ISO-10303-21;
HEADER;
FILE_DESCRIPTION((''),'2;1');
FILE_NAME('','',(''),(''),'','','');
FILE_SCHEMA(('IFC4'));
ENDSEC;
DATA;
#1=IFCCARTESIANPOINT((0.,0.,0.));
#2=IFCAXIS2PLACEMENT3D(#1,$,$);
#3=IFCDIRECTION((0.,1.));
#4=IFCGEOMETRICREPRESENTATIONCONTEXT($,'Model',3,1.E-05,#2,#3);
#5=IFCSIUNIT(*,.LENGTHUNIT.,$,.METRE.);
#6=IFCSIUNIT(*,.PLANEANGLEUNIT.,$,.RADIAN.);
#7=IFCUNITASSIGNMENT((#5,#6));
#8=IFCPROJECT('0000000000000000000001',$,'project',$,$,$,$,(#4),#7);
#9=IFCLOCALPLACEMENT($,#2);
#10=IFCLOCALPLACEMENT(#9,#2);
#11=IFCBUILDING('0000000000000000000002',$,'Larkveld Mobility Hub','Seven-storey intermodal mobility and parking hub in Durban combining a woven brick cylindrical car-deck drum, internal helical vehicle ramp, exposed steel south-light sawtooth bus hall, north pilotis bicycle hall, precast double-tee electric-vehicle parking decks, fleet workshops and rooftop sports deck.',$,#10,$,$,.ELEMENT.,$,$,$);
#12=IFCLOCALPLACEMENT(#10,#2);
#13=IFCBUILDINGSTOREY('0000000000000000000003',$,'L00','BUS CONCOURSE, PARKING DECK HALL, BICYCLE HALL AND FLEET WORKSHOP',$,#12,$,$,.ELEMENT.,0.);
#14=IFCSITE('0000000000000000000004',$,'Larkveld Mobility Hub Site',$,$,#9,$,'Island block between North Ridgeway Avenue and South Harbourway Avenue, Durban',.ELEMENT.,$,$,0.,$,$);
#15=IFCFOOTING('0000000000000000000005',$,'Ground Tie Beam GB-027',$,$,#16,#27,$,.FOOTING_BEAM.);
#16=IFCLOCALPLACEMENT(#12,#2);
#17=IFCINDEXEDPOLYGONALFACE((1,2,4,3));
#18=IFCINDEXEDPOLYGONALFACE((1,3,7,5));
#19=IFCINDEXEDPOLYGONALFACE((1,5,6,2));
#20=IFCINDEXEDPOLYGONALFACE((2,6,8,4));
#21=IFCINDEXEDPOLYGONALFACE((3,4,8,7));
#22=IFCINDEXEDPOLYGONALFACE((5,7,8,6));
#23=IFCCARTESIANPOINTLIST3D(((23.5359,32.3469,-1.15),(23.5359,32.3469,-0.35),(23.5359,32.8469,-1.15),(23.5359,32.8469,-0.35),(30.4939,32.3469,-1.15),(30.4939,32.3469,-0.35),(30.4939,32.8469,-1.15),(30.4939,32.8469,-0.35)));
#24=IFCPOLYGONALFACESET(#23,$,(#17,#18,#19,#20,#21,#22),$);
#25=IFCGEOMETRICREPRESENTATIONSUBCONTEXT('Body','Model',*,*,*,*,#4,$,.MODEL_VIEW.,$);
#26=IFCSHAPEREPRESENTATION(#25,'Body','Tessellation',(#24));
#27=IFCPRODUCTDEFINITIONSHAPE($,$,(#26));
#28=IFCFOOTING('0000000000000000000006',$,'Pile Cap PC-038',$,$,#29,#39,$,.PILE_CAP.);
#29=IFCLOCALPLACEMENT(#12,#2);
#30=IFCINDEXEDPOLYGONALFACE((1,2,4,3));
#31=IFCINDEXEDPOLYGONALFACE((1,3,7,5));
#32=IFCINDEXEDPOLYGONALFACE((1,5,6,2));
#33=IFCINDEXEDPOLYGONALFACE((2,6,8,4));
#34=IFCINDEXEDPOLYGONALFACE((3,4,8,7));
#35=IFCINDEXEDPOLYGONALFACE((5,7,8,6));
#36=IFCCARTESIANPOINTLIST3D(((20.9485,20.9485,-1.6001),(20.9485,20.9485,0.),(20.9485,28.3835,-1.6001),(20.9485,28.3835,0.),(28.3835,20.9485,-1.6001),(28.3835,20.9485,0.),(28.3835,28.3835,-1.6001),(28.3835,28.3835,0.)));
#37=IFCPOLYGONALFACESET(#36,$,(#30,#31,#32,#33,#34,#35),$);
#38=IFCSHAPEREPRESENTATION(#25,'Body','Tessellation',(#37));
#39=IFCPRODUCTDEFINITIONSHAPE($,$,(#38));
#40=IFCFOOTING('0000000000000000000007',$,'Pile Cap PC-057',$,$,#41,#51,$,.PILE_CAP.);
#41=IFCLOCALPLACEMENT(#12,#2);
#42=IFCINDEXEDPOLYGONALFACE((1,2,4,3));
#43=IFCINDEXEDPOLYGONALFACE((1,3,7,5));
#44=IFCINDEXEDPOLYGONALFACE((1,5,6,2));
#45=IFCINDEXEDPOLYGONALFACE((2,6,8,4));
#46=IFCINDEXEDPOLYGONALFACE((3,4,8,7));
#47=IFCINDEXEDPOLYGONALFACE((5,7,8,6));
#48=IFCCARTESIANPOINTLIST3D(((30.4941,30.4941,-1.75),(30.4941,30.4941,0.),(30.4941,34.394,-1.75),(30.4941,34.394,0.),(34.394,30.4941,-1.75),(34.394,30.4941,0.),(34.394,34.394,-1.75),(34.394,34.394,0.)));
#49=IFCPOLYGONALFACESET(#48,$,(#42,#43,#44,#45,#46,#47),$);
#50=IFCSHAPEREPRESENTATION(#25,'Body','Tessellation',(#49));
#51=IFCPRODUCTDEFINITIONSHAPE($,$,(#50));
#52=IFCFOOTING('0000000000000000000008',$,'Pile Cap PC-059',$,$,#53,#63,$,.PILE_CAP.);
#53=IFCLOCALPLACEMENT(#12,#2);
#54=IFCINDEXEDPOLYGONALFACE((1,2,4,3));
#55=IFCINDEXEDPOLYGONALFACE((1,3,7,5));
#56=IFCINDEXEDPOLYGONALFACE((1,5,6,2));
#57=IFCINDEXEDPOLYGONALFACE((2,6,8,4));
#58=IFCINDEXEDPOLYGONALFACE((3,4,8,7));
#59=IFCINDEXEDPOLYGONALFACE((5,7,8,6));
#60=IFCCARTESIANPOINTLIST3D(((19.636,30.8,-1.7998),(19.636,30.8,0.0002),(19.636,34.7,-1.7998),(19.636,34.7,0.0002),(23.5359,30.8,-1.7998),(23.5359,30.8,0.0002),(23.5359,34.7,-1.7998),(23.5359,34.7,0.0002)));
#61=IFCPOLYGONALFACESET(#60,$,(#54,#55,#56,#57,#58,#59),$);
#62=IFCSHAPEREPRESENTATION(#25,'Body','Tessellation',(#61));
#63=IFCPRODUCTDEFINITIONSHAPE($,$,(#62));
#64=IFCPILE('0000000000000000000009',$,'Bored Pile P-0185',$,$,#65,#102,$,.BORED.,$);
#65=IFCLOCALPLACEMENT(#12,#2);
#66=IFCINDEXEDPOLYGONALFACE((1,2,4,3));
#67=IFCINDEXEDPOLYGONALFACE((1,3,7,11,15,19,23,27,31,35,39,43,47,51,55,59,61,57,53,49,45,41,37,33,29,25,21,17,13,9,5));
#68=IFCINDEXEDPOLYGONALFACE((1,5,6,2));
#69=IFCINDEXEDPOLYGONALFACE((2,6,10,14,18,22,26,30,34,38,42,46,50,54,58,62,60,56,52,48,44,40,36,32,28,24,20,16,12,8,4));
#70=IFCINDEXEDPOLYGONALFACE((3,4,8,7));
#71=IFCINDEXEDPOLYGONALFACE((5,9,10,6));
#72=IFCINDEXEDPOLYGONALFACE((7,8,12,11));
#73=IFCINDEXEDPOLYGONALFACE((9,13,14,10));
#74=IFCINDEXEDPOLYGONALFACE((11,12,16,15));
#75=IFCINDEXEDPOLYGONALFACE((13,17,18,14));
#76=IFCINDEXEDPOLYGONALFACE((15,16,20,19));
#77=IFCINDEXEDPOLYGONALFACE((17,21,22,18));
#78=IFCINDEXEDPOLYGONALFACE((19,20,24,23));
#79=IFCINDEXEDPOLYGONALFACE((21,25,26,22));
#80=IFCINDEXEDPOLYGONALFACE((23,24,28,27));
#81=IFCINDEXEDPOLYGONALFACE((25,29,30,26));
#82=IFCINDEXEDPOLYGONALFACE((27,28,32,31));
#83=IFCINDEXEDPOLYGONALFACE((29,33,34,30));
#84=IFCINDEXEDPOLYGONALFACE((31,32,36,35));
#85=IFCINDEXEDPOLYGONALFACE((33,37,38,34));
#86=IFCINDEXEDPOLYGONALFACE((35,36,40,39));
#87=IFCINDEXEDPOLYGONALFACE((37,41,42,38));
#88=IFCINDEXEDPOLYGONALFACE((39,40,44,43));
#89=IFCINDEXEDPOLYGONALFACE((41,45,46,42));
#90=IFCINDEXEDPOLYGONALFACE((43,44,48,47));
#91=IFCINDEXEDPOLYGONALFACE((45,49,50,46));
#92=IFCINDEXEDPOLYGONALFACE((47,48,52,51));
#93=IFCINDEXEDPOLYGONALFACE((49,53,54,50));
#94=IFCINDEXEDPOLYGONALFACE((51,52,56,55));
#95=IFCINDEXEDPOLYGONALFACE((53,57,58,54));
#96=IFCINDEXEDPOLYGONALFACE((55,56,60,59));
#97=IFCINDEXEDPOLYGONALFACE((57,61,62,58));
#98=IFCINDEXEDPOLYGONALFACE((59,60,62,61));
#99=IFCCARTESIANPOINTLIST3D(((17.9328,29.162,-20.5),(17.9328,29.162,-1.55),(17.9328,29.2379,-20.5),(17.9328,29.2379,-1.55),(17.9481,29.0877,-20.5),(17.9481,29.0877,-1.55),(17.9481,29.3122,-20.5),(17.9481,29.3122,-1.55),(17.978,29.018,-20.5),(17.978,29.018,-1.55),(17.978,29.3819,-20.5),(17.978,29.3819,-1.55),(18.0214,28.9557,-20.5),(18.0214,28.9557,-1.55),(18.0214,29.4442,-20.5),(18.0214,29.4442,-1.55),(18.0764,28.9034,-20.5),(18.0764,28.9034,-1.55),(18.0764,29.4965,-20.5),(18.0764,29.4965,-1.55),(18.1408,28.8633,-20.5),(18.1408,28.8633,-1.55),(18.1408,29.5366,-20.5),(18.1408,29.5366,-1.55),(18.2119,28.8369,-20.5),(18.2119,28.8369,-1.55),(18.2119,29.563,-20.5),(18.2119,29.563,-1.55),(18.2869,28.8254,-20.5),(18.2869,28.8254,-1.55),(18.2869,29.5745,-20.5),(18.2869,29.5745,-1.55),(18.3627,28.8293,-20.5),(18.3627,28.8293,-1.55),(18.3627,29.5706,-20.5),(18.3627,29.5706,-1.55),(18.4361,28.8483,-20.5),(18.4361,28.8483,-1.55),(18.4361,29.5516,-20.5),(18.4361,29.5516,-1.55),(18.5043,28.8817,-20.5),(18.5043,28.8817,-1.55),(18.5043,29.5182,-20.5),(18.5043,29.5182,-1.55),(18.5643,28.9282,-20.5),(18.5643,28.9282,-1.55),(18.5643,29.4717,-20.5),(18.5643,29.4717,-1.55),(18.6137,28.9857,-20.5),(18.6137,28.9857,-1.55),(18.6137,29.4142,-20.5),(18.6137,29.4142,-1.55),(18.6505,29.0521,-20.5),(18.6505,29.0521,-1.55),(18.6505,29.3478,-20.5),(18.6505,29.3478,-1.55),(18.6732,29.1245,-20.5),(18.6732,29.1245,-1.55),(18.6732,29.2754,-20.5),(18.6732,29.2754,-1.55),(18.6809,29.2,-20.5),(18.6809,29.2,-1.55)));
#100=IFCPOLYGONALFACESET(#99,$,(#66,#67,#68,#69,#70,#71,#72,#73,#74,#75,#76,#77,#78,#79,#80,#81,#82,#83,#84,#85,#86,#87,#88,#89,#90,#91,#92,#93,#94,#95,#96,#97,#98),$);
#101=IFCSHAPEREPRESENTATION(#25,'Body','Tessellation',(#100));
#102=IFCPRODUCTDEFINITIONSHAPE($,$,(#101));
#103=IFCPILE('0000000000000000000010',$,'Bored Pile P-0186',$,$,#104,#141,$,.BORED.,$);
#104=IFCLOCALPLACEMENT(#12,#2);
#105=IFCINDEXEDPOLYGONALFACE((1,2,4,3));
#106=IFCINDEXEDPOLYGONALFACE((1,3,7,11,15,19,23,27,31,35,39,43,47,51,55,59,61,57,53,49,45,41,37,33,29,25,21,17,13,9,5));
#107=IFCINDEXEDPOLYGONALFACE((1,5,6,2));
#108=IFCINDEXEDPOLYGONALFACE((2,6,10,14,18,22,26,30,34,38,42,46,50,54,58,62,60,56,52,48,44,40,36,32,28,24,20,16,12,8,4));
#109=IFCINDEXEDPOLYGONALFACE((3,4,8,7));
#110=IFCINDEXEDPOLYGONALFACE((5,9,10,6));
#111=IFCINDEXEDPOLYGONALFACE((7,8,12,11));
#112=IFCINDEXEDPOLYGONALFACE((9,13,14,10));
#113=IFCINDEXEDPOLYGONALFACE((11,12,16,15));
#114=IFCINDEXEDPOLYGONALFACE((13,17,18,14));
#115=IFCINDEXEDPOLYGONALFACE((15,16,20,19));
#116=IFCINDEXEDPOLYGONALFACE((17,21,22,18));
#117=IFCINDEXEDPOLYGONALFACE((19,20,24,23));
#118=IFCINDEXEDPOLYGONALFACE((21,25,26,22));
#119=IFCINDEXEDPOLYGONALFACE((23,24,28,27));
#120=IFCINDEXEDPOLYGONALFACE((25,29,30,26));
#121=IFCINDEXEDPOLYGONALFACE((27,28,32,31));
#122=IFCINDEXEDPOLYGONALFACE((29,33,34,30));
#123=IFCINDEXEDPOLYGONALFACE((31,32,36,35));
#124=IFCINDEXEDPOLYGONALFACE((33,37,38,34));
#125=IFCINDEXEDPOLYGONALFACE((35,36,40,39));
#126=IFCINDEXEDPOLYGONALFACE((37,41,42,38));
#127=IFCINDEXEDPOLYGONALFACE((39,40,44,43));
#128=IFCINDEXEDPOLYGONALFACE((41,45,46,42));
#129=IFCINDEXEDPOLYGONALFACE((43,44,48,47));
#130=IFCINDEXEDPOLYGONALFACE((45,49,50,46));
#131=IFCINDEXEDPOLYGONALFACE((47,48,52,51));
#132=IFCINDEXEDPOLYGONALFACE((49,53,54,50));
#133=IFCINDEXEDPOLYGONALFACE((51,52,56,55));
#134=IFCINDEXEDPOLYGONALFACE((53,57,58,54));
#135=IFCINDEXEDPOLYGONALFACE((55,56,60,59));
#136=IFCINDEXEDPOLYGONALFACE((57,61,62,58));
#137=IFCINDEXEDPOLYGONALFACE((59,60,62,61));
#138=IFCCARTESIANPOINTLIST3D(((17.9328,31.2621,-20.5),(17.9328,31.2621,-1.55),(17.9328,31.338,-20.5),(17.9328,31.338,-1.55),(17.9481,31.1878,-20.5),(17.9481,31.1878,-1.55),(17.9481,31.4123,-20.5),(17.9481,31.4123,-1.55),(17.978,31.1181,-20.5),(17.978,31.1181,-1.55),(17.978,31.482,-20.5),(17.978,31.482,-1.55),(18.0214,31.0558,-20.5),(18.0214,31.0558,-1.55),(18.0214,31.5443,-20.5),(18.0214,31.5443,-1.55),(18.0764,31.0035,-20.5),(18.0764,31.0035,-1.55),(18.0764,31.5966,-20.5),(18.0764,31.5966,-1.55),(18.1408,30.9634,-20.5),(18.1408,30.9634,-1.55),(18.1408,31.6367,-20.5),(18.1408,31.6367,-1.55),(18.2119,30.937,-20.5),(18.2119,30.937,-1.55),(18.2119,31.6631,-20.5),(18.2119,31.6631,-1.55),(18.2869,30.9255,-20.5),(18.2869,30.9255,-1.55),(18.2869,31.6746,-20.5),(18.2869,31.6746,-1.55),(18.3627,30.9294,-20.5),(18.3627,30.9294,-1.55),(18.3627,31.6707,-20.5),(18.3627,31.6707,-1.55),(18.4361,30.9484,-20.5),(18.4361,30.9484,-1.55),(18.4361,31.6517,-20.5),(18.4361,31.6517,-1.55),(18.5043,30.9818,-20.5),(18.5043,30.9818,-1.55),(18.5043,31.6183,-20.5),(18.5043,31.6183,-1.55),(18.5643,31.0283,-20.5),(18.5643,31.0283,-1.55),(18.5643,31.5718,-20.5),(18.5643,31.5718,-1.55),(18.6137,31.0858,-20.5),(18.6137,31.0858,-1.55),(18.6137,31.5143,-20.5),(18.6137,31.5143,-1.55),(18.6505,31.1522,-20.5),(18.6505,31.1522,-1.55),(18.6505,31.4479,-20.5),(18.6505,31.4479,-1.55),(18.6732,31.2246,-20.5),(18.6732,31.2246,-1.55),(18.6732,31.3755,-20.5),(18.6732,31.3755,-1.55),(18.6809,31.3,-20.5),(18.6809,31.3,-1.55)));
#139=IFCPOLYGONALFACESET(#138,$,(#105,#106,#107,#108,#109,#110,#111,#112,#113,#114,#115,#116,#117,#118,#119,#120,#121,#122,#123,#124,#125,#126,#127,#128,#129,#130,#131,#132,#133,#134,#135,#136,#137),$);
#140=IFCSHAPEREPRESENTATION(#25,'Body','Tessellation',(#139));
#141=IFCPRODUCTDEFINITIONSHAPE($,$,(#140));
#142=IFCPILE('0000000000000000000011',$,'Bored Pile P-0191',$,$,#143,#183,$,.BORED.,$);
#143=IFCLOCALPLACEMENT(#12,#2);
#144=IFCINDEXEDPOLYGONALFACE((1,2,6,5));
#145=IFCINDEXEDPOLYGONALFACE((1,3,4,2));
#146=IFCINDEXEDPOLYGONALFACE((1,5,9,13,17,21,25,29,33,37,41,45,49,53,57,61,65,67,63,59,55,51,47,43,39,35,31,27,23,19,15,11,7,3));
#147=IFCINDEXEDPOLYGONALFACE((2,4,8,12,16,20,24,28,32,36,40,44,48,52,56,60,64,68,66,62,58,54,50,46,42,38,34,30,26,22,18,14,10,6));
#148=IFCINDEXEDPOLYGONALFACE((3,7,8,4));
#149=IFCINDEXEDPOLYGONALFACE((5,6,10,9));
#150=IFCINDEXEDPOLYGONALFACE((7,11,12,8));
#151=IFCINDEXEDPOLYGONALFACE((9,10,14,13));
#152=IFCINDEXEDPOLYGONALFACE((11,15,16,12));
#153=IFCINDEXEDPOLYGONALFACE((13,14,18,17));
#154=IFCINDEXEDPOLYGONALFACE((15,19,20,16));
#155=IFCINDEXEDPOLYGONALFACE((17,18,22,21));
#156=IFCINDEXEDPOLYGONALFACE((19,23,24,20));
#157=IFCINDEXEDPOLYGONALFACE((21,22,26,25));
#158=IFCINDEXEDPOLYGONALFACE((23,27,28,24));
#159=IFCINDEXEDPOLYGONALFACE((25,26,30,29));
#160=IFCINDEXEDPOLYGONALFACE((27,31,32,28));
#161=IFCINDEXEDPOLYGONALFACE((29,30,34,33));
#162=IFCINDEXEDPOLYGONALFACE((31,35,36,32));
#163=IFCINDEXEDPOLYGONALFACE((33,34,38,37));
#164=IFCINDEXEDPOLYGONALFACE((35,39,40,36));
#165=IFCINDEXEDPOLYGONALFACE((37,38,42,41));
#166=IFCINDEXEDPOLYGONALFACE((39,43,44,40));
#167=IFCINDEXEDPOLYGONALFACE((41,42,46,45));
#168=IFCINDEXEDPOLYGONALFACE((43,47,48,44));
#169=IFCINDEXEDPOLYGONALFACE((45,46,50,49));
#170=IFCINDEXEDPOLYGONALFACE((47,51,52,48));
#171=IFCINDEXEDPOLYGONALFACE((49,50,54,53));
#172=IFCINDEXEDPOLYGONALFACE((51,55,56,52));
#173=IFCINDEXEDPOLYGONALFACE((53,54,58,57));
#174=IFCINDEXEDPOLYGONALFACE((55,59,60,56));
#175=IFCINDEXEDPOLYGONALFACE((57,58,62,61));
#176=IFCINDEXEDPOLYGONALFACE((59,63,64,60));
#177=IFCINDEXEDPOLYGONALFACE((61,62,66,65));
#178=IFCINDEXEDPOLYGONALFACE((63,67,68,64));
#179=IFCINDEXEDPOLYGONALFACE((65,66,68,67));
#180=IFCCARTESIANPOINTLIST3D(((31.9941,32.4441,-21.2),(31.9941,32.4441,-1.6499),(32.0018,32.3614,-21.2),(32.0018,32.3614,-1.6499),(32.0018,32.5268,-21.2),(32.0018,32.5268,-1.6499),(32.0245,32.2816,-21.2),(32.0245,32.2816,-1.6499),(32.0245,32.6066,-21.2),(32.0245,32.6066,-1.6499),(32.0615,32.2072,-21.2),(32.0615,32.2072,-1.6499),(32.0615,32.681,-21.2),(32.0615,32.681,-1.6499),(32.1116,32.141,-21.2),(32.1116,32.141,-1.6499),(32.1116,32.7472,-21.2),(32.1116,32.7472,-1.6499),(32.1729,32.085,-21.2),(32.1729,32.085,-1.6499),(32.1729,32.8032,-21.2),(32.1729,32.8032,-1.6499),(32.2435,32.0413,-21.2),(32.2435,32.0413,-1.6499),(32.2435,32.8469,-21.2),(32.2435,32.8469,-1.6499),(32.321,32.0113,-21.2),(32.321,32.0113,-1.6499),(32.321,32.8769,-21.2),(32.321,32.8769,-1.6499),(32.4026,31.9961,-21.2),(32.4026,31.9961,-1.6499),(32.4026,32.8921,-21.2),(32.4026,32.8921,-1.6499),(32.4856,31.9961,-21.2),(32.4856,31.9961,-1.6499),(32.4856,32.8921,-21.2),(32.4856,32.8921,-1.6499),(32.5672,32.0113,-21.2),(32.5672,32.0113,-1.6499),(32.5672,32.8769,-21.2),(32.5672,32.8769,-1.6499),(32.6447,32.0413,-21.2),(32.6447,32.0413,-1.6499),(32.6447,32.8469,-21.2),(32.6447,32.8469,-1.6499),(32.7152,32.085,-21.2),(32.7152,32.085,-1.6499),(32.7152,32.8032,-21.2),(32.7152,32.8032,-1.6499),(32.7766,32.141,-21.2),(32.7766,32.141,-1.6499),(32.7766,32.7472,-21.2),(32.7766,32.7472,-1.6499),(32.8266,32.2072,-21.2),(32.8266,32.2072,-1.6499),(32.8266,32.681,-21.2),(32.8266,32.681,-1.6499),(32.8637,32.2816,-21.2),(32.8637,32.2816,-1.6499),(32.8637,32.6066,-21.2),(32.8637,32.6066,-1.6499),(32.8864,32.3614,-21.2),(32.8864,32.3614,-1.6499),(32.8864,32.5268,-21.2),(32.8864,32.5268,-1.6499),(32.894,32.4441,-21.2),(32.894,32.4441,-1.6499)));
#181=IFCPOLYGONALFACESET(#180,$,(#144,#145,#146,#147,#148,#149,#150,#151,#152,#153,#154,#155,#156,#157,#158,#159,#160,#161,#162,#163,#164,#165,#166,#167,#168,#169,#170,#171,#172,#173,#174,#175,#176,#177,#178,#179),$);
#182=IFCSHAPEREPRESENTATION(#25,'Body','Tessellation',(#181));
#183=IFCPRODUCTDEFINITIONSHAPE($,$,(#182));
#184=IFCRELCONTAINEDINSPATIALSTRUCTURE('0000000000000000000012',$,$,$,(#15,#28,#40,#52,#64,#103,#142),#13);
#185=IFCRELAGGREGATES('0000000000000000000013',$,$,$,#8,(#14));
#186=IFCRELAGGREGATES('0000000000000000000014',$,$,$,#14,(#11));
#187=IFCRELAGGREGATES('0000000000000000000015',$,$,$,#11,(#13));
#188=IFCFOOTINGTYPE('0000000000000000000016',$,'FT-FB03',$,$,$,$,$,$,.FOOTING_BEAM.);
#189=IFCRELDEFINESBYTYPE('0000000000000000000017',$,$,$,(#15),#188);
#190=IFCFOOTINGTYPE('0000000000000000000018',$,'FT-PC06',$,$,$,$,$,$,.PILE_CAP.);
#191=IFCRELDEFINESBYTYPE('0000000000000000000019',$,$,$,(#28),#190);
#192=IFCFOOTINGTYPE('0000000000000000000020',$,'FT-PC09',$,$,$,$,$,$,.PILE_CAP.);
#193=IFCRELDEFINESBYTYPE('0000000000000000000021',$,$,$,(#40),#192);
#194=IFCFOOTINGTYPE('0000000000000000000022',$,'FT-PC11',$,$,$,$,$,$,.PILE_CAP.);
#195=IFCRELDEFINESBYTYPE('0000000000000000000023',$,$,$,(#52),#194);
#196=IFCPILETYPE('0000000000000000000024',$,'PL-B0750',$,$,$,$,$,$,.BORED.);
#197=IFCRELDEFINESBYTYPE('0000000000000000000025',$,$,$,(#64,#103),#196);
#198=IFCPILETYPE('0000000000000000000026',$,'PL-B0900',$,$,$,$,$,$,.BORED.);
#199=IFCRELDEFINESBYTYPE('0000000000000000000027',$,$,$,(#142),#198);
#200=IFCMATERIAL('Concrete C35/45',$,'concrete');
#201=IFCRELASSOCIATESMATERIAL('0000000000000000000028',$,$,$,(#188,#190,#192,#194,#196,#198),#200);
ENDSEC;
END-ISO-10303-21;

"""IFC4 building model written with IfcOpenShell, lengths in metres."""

from ifc_helpers import new_model, si_unit, direction, frame, origin, origin_2d, place, context, subcontext, project, spatial, rectangle, circle, extrude, material, material_profile, profile_set, type_object, element, save


model = new_model("IFC4")

# Units and contexts
model_context = context("Model", 3, precision=1e-05, world=origin(), true_north=direction((0.0, 1.0)))
body_context = subcontext(model_context, "Body", "Model", "MODEL_VIEW")
ifc_project = project(units=[si_unit("LENGTHUNIT", "METRE"), si_unit("PLANEANGLEUNIT", "RADIAN")], contexts=[model_context])

# Site, building, storey
site_placement = place(None, origin())
site = spatial("IfcSite", under=ifc_project, at=site_placement, Name="Larkveld Mobility Hub Site", LongName="Island block between North Ridgeway Avenue and South Harbourway Avenue, Durban", CompositionType="ELEMENT", RefElevation=0.0)
building_placement = place(site_placement, origin())
building = spatial("IfcBuilding", under=site, at=building_placement, Name="Larkveld Mobility Hub", Description="Seven-storey intermodal mobility and parking hub in Durban combining a woven brick cylindrical car-deck drum, internal helical vehicle ramp, exposed steel south-light sawtooth bus hall, north pilotis bicycle hall, precast double-tee electric-vehicle parking decks, fleet workshops and rooftop sports deck.", CompositionType="ELEMENT")
storey_placement = place(building_placement, origin())
storey = spatial("IfcBuildingStorey", under=building, at=storey_placement, Name="L00", Description="BUS CONCOURSE, PARKING DECK HALL, BICYCLE HALL AND FLEET WORKSHOP", CompositionType="ELEMENT", Elevation=0.0)

# Footings
ifc_material_1 = material(Name="Concrete C35/45", Category="concrete")
ifc_material_profile_1 = material_profile(ifc_material_1, rectangle(XDim=0.5, YDim=0.8, at=origin_2d()), Name="RC BM 500x800")
ifc_profile_set_1 = profile_set([ifc_material_profile_1], Name="Concrete C35/45")
footing_type_1 = type_object("IfcFootingType", Name="FT-FB03", PredefinedType="FOOTING_BEAM", material=ifc_profile_set_1)
footing_1_placement = place(storey_placement, frame((23.5359, 32.5969, -0.75), z_axis=(1.0, 0.0, 0.0), x_axis=(0.0, 1.0, 0.0)))
element("IfcFooting", 1, at=footing_1_placement, inside=storey, type_object=footing_type_1, Name="Ground Tie Beam GB-027", PredefinedType="FOOTING_BEAM", context=body_context, shape_type="SweptSolid", body=[
    extrude(rectangle(XDim=0.5, YDim=0.8, at=origin_2d()), origin(), (0.0, 0.0, 1.0), 6.958),
])
footing_type_2 = type_object("IfcFootingType", Name="FT-PC06", PredefinedType="PILE_CAP", material=ifc_material_1)
footing_2_placement = place(storey_placement, frame((24.666, 24.666, -1.6001), z_axis=(0.0, 0.0, 1.0), x_axis=(1.0, 0.0, 0.0)))
element("IfcFooting", 2, at=footing_2_placement, inside=storey, type_object=footing_type_2, Name="Pile Cap PC-038", PredefinedType="PILE_CAP", context=body_context, shape_type="SweptSolid", body=[
    extrude(rectangle(XDim=7.4351, YDim=7.4351, at=origin_2d()), origin(), (0.0, 0.0, 1.0), 1.6001),
])
footing_type_3 = type_object("IfcFootingType", Name="FT-PC09", PredefinedType="PILE_CAP", material=ifc_material_1)
footing_3_placement = place(storey_placement, frame((32.4441, 32.4441, -1.75), z_axis=(0.0, 0.0, 1.0), x_axis=(1.0, 0.0, 0.0)))
element("IfcFooting", 3, at=footing_3_placement, inside=storey, type_object=footing_type_3, Name="Pile Cap PC-057", PredefinedType="PILE_CAP", context=body_context, shape_type="SweptSolid", body=[
    extrude(rectangle(XDim=3.8999, YDim=3.8999, at=origin_2d()), origin(), (0.0, 0.0, 1.0), 1.75),
])
footing_type_4 = type_object("IfcFootingType", Name="FT-PC11", PredefinedType="PILE_CAP", material=ifc_material_1)
footing_4_placement = place(storey_placement, frame((21.5859, 32.75, -1.7998), z_axis=(0.0, 0.0, 1.0), x_axis=(1.0, 0.0, 0.0)))
element("IfcFooting", 4, at=footing_4_placement, inside=storey, type_object=footing_type_4, Name="Pile Cap PC-059", PredefinedType="PILE_CAP", context=body_context, shape_type="SweptSolid", body=[
    extrude(rectangle(XDim=3.8999, YDim=3.8999, at=origin_2d()), origin(), (0.0, 0.0, 1.0), 1.8),
])

# Piles
ifc_material_profile_2 = material_profile(ifc_material_1, circle(Radius=0.375, at=origin_2d()), Name="PILE D750")
ifc_profile_set_2 = profile_set([ifc_material_profile_2], Name="Concrete C35/45")
pile_type_1 = type_object("IfcPileType", Name="PL-B0750", PredefinedType="BORED", material=ifc_profile_set_2)
for number, where, z_axis, x_axis, name in (
    (5, (18.3059, 29.2, -1.55), (0.0, 0.0, -1.0), (1.0, 0.0, 0.0), "Bored Pile P-0185"),
    (6, (18.3059, 31.3, -1.55), (0.0, 0.0, -1.0), (1.0, 0.0, 0.0), "Bored Pile P-0186"),
):
    element("IfcPile", number, at=place(storey_placement, frame(where, z_axis=z_axis, x_axis=x_axis)), inside=storey, type_object=pile_type_1, Name=name, PredefinedType="BORED", context=body_context, shape_type="SweptSolid", body=[
        extrude(circle(Radius=0.375, at=origin_2d()), origin(), (0.0, 0.0, 1.0), 18.95),
    ])
ifc_material_profile_3 = material_profile(ifc_material_1, circle(Radius=0.45, at=origin_2d()), Name="PILE D900")
ifc_profile_set_3 = profile_set([ifc_material_profile_3], Name="Concrete C35/45")
pile_type_2 = type_object("IfcPileType", Name="PL-B0900", PredefinedType="BORED", material=ifc_profile_set_3)
pile_1_placement = place(storey_placement, frame((32.4441, 32.4441, -1.6499), z_axis=(0.0, 0.0, -1.0), x_axis=(1.0, 0.0, 0.0)))
element("IfcPile", 7, at=pile_1_placement, inside=storey, type_object=pile_type_2, Name="Bored Pile P-0191", PredefinedType="BORED", context=body_context, shape_type="SweptSolid", body=[
    extrude(circle(Radius=0.45, at=origin_2d()), origin(), (0.0, 0.0, 1.0), 19.55),
])

save(model, "model.ifc")
